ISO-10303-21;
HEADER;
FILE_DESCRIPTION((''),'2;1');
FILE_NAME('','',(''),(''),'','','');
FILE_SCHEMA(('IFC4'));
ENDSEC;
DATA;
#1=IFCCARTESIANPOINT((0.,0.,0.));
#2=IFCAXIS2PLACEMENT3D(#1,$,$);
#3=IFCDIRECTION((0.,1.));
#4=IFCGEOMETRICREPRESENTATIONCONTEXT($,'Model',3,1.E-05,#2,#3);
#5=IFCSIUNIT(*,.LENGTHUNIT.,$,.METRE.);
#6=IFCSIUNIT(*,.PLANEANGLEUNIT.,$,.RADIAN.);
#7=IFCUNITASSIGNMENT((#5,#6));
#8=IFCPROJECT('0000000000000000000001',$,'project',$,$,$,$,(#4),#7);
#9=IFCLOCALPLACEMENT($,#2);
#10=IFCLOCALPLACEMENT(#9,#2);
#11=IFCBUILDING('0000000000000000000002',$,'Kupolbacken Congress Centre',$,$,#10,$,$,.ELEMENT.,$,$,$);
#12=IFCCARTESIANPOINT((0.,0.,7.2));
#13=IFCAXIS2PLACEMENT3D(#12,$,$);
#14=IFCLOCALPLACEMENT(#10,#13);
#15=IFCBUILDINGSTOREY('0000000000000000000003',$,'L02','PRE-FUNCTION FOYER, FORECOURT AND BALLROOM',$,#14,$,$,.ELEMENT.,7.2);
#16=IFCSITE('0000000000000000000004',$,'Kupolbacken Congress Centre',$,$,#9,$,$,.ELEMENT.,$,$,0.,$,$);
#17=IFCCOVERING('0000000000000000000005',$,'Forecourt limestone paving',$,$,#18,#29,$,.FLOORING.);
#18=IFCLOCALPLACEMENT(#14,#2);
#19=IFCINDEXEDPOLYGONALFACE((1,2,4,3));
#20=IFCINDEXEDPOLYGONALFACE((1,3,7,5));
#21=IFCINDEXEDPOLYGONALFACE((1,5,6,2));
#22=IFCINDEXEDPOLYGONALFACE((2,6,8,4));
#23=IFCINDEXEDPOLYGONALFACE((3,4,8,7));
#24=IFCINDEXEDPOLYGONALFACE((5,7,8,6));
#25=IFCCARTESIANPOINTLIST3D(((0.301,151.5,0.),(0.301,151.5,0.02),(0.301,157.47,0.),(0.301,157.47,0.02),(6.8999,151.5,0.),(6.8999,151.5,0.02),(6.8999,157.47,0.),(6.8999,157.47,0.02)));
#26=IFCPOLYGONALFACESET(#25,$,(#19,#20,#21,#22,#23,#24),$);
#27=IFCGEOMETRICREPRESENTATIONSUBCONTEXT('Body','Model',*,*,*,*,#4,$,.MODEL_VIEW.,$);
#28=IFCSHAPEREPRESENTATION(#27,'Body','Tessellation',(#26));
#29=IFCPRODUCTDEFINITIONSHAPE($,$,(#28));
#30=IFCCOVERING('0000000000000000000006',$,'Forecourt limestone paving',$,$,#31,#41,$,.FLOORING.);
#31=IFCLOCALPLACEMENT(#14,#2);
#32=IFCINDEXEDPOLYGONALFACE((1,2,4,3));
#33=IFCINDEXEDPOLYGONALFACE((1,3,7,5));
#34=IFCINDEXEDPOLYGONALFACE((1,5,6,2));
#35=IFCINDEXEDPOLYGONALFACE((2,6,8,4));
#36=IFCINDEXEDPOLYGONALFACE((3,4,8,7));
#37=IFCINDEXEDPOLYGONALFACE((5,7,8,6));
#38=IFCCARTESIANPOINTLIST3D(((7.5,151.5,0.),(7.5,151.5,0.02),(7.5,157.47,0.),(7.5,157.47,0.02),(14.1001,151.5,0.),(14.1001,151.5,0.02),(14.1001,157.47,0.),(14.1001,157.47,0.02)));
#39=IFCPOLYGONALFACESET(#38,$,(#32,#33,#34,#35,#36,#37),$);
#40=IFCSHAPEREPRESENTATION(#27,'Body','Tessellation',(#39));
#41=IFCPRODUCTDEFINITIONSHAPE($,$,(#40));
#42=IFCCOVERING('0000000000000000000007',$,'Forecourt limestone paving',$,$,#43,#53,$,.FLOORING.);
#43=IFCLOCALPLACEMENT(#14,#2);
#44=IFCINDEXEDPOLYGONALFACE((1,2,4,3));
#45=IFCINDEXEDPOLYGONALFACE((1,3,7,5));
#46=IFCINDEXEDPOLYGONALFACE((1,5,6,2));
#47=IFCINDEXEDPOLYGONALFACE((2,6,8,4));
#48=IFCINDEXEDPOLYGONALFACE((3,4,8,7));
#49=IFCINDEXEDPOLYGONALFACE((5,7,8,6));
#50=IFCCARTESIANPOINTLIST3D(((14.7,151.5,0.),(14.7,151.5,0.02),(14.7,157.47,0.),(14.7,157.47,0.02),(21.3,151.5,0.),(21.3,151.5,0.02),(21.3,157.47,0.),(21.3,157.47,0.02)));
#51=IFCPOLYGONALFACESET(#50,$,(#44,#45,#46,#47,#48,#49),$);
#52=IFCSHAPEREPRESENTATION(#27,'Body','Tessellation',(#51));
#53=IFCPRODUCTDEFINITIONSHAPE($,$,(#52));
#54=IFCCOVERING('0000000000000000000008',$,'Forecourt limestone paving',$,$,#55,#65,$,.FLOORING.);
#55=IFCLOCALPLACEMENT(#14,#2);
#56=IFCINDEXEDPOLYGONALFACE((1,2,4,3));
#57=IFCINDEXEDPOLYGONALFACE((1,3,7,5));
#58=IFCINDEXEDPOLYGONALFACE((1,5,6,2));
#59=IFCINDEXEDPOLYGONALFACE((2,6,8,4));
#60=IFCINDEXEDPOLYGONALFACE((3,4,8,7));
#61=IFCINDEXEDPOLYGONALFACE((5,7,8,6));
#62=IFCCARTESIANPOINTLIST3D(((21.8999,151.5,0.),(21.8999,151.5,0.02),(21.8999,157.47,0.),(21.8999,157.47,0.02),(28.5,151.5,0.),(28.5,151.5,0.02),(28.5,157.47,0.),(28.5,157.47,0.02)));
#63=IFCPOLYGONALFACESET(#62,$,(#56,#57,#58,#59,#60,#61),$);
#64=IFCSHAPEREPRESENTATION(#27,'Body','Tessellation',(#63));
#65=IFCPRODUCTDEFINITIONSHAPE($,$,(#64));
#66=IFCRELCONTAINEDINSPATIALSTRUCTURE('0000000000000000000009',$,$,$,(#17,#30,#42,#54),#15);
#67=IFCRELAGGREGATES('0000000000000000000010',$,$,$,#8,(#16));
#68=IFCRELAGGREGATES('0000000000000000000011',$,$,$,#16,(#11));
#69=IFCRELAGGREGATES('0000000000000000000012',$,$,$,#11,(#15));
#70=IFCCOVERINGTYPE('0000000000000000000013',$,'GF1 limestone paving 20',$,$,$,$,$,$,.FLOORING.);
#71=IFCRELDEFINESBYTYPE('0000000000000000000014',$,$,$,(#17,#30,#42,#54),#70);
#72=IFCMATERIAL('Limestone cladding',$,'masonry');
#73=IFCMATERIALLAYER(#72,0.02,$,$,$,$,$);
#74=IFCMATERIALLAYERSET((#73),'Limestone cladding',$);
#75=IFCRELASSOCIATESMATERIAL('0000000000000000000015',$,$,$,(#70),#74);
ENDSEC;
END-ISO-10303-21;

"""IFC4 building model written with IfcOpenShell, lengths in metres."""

from ifc_helpers import new_model, si_unit, direction, frame, origin, place, context, subcontext, project, spatial, polyline, outline, extrude, material, layer, layer_set, type_object, element, save


model = new_model("IFC4")

# Units and contexts
model_context = context("Model", 3, precision=1e-05, world=origin(), true_north=direction((0.0, 1.0)))
body_context = subcontext(model_context, "Body", "Model", "MODEL_VIEW")
ifc_project = project(units=[si_unit("LENGTHUNIT", "METRE"), si_unit("PLANEANGLEUNIT", "RADIAN")], contexts=[model_context])

# Site, building, storey
site_placement = place(None, origin())
site = spatial("IfcSite", under=ifc_project, at=site_placement, Name="Kupolbacken Congress Centre", CompositionType="ELEMENT", RefElevation=0.0)
building_placement = place(site_placement, origin())
building = spatial("IfcBuilding", under=site, at=building_placement, Name="Kupolbacken Congress Centre", CompositionType="ELEMENT")
storey_placement = place(building_placement, frame((0.0, 0.0, 7.2)))
storey = spatial("IfcBuildingStorey", under=building, at=storey_placement, Name="L02", Description="PRE-FUNCTION FOYER, FORECOURT AND BALLROOM", CompositionType="ELEMENT", Elevation=7.2)

# Coverings
ifc_material = material(Name="Limestone cladding", Category="masonry")
ifc_layer = layer(ifc_material, 0.02)
ifc_layer_set = layer_set([ifc_layer], Name="Limestone cladding")
covering_type = type_object("IfcCoveringType", Name="GF1 limestone paving 20", PredefinedType="FLOORING", material=ifc_layer_set)
covering_1_placement = place(storey_placement, origin())
element("IfcCovering", 1, at=covering_1_placement, inside=storey, type_object=covering_type, Name="Forecourt limestone paving", PredefinedType="FLOORING", context=body_context, shape_type="SweptSolid", body=[
    extrude(outline(polyline([(0.301, 157.47), (6.8999, 157.47), (6.8999, 151.5), (0.301, 151.5), (0.301, 157.47)])), origin(), (0.0, 0.0, 1.0), 0.02),
])
covering_2_placement = place(storey_placement, origin())
element("IfcCovering", 2, at=covering_2_placement, inside=storey, type_object=covering_type, Name="Forecourt limestone paving", PredefinedType="FLOORING", context=body_context, shape_type="SweptSolid", body=[
    extrude(outline(polyline([(14.1001, 157.47), (14.1001, 151.5), (7.5, 151.5), (7.5, 157.47), (14.1001, 157.47)])), origin(), (0.0, 0.0, 1.0), 0.02),
])
covering_3_placement = place(storey_placement, origin())
element("IfcCovering", 3, at=covering_3_placement, inside=storey, type_object=covering_type, Name="Forecourt limestone paving", PredefinedType="FLOORING", context=body_context, shape_type="SweptSolid", body=[
    extrude(outline(polyline([(21.3, 157.47), (21.3, 151.5), (14.7, 151.5), (14.7, 157.47), (21.3, 157.47)])), origin(), (0.0, 0.0, 1.0), 0.02),
])
covering_4_placement = place(storey_placement, origin())
element("IfcCovering", 4, at=covering_4_placement, inside=storey, type_object=covering_type, Name="Forecourt limestone paving", PredefinedType="FLOORING", context=body_context, shape_type="SweptSolid", body=[
    extrude(outline(polyline([(28.5, 157.47), (28.5, 151.5), (21.8999, 151.5), (21.8999, 157.47), (28.5, 157.47)])), origin(), (0.0, 0.0, 1.0), 0.02),
])

save(model, "model.ifc")
